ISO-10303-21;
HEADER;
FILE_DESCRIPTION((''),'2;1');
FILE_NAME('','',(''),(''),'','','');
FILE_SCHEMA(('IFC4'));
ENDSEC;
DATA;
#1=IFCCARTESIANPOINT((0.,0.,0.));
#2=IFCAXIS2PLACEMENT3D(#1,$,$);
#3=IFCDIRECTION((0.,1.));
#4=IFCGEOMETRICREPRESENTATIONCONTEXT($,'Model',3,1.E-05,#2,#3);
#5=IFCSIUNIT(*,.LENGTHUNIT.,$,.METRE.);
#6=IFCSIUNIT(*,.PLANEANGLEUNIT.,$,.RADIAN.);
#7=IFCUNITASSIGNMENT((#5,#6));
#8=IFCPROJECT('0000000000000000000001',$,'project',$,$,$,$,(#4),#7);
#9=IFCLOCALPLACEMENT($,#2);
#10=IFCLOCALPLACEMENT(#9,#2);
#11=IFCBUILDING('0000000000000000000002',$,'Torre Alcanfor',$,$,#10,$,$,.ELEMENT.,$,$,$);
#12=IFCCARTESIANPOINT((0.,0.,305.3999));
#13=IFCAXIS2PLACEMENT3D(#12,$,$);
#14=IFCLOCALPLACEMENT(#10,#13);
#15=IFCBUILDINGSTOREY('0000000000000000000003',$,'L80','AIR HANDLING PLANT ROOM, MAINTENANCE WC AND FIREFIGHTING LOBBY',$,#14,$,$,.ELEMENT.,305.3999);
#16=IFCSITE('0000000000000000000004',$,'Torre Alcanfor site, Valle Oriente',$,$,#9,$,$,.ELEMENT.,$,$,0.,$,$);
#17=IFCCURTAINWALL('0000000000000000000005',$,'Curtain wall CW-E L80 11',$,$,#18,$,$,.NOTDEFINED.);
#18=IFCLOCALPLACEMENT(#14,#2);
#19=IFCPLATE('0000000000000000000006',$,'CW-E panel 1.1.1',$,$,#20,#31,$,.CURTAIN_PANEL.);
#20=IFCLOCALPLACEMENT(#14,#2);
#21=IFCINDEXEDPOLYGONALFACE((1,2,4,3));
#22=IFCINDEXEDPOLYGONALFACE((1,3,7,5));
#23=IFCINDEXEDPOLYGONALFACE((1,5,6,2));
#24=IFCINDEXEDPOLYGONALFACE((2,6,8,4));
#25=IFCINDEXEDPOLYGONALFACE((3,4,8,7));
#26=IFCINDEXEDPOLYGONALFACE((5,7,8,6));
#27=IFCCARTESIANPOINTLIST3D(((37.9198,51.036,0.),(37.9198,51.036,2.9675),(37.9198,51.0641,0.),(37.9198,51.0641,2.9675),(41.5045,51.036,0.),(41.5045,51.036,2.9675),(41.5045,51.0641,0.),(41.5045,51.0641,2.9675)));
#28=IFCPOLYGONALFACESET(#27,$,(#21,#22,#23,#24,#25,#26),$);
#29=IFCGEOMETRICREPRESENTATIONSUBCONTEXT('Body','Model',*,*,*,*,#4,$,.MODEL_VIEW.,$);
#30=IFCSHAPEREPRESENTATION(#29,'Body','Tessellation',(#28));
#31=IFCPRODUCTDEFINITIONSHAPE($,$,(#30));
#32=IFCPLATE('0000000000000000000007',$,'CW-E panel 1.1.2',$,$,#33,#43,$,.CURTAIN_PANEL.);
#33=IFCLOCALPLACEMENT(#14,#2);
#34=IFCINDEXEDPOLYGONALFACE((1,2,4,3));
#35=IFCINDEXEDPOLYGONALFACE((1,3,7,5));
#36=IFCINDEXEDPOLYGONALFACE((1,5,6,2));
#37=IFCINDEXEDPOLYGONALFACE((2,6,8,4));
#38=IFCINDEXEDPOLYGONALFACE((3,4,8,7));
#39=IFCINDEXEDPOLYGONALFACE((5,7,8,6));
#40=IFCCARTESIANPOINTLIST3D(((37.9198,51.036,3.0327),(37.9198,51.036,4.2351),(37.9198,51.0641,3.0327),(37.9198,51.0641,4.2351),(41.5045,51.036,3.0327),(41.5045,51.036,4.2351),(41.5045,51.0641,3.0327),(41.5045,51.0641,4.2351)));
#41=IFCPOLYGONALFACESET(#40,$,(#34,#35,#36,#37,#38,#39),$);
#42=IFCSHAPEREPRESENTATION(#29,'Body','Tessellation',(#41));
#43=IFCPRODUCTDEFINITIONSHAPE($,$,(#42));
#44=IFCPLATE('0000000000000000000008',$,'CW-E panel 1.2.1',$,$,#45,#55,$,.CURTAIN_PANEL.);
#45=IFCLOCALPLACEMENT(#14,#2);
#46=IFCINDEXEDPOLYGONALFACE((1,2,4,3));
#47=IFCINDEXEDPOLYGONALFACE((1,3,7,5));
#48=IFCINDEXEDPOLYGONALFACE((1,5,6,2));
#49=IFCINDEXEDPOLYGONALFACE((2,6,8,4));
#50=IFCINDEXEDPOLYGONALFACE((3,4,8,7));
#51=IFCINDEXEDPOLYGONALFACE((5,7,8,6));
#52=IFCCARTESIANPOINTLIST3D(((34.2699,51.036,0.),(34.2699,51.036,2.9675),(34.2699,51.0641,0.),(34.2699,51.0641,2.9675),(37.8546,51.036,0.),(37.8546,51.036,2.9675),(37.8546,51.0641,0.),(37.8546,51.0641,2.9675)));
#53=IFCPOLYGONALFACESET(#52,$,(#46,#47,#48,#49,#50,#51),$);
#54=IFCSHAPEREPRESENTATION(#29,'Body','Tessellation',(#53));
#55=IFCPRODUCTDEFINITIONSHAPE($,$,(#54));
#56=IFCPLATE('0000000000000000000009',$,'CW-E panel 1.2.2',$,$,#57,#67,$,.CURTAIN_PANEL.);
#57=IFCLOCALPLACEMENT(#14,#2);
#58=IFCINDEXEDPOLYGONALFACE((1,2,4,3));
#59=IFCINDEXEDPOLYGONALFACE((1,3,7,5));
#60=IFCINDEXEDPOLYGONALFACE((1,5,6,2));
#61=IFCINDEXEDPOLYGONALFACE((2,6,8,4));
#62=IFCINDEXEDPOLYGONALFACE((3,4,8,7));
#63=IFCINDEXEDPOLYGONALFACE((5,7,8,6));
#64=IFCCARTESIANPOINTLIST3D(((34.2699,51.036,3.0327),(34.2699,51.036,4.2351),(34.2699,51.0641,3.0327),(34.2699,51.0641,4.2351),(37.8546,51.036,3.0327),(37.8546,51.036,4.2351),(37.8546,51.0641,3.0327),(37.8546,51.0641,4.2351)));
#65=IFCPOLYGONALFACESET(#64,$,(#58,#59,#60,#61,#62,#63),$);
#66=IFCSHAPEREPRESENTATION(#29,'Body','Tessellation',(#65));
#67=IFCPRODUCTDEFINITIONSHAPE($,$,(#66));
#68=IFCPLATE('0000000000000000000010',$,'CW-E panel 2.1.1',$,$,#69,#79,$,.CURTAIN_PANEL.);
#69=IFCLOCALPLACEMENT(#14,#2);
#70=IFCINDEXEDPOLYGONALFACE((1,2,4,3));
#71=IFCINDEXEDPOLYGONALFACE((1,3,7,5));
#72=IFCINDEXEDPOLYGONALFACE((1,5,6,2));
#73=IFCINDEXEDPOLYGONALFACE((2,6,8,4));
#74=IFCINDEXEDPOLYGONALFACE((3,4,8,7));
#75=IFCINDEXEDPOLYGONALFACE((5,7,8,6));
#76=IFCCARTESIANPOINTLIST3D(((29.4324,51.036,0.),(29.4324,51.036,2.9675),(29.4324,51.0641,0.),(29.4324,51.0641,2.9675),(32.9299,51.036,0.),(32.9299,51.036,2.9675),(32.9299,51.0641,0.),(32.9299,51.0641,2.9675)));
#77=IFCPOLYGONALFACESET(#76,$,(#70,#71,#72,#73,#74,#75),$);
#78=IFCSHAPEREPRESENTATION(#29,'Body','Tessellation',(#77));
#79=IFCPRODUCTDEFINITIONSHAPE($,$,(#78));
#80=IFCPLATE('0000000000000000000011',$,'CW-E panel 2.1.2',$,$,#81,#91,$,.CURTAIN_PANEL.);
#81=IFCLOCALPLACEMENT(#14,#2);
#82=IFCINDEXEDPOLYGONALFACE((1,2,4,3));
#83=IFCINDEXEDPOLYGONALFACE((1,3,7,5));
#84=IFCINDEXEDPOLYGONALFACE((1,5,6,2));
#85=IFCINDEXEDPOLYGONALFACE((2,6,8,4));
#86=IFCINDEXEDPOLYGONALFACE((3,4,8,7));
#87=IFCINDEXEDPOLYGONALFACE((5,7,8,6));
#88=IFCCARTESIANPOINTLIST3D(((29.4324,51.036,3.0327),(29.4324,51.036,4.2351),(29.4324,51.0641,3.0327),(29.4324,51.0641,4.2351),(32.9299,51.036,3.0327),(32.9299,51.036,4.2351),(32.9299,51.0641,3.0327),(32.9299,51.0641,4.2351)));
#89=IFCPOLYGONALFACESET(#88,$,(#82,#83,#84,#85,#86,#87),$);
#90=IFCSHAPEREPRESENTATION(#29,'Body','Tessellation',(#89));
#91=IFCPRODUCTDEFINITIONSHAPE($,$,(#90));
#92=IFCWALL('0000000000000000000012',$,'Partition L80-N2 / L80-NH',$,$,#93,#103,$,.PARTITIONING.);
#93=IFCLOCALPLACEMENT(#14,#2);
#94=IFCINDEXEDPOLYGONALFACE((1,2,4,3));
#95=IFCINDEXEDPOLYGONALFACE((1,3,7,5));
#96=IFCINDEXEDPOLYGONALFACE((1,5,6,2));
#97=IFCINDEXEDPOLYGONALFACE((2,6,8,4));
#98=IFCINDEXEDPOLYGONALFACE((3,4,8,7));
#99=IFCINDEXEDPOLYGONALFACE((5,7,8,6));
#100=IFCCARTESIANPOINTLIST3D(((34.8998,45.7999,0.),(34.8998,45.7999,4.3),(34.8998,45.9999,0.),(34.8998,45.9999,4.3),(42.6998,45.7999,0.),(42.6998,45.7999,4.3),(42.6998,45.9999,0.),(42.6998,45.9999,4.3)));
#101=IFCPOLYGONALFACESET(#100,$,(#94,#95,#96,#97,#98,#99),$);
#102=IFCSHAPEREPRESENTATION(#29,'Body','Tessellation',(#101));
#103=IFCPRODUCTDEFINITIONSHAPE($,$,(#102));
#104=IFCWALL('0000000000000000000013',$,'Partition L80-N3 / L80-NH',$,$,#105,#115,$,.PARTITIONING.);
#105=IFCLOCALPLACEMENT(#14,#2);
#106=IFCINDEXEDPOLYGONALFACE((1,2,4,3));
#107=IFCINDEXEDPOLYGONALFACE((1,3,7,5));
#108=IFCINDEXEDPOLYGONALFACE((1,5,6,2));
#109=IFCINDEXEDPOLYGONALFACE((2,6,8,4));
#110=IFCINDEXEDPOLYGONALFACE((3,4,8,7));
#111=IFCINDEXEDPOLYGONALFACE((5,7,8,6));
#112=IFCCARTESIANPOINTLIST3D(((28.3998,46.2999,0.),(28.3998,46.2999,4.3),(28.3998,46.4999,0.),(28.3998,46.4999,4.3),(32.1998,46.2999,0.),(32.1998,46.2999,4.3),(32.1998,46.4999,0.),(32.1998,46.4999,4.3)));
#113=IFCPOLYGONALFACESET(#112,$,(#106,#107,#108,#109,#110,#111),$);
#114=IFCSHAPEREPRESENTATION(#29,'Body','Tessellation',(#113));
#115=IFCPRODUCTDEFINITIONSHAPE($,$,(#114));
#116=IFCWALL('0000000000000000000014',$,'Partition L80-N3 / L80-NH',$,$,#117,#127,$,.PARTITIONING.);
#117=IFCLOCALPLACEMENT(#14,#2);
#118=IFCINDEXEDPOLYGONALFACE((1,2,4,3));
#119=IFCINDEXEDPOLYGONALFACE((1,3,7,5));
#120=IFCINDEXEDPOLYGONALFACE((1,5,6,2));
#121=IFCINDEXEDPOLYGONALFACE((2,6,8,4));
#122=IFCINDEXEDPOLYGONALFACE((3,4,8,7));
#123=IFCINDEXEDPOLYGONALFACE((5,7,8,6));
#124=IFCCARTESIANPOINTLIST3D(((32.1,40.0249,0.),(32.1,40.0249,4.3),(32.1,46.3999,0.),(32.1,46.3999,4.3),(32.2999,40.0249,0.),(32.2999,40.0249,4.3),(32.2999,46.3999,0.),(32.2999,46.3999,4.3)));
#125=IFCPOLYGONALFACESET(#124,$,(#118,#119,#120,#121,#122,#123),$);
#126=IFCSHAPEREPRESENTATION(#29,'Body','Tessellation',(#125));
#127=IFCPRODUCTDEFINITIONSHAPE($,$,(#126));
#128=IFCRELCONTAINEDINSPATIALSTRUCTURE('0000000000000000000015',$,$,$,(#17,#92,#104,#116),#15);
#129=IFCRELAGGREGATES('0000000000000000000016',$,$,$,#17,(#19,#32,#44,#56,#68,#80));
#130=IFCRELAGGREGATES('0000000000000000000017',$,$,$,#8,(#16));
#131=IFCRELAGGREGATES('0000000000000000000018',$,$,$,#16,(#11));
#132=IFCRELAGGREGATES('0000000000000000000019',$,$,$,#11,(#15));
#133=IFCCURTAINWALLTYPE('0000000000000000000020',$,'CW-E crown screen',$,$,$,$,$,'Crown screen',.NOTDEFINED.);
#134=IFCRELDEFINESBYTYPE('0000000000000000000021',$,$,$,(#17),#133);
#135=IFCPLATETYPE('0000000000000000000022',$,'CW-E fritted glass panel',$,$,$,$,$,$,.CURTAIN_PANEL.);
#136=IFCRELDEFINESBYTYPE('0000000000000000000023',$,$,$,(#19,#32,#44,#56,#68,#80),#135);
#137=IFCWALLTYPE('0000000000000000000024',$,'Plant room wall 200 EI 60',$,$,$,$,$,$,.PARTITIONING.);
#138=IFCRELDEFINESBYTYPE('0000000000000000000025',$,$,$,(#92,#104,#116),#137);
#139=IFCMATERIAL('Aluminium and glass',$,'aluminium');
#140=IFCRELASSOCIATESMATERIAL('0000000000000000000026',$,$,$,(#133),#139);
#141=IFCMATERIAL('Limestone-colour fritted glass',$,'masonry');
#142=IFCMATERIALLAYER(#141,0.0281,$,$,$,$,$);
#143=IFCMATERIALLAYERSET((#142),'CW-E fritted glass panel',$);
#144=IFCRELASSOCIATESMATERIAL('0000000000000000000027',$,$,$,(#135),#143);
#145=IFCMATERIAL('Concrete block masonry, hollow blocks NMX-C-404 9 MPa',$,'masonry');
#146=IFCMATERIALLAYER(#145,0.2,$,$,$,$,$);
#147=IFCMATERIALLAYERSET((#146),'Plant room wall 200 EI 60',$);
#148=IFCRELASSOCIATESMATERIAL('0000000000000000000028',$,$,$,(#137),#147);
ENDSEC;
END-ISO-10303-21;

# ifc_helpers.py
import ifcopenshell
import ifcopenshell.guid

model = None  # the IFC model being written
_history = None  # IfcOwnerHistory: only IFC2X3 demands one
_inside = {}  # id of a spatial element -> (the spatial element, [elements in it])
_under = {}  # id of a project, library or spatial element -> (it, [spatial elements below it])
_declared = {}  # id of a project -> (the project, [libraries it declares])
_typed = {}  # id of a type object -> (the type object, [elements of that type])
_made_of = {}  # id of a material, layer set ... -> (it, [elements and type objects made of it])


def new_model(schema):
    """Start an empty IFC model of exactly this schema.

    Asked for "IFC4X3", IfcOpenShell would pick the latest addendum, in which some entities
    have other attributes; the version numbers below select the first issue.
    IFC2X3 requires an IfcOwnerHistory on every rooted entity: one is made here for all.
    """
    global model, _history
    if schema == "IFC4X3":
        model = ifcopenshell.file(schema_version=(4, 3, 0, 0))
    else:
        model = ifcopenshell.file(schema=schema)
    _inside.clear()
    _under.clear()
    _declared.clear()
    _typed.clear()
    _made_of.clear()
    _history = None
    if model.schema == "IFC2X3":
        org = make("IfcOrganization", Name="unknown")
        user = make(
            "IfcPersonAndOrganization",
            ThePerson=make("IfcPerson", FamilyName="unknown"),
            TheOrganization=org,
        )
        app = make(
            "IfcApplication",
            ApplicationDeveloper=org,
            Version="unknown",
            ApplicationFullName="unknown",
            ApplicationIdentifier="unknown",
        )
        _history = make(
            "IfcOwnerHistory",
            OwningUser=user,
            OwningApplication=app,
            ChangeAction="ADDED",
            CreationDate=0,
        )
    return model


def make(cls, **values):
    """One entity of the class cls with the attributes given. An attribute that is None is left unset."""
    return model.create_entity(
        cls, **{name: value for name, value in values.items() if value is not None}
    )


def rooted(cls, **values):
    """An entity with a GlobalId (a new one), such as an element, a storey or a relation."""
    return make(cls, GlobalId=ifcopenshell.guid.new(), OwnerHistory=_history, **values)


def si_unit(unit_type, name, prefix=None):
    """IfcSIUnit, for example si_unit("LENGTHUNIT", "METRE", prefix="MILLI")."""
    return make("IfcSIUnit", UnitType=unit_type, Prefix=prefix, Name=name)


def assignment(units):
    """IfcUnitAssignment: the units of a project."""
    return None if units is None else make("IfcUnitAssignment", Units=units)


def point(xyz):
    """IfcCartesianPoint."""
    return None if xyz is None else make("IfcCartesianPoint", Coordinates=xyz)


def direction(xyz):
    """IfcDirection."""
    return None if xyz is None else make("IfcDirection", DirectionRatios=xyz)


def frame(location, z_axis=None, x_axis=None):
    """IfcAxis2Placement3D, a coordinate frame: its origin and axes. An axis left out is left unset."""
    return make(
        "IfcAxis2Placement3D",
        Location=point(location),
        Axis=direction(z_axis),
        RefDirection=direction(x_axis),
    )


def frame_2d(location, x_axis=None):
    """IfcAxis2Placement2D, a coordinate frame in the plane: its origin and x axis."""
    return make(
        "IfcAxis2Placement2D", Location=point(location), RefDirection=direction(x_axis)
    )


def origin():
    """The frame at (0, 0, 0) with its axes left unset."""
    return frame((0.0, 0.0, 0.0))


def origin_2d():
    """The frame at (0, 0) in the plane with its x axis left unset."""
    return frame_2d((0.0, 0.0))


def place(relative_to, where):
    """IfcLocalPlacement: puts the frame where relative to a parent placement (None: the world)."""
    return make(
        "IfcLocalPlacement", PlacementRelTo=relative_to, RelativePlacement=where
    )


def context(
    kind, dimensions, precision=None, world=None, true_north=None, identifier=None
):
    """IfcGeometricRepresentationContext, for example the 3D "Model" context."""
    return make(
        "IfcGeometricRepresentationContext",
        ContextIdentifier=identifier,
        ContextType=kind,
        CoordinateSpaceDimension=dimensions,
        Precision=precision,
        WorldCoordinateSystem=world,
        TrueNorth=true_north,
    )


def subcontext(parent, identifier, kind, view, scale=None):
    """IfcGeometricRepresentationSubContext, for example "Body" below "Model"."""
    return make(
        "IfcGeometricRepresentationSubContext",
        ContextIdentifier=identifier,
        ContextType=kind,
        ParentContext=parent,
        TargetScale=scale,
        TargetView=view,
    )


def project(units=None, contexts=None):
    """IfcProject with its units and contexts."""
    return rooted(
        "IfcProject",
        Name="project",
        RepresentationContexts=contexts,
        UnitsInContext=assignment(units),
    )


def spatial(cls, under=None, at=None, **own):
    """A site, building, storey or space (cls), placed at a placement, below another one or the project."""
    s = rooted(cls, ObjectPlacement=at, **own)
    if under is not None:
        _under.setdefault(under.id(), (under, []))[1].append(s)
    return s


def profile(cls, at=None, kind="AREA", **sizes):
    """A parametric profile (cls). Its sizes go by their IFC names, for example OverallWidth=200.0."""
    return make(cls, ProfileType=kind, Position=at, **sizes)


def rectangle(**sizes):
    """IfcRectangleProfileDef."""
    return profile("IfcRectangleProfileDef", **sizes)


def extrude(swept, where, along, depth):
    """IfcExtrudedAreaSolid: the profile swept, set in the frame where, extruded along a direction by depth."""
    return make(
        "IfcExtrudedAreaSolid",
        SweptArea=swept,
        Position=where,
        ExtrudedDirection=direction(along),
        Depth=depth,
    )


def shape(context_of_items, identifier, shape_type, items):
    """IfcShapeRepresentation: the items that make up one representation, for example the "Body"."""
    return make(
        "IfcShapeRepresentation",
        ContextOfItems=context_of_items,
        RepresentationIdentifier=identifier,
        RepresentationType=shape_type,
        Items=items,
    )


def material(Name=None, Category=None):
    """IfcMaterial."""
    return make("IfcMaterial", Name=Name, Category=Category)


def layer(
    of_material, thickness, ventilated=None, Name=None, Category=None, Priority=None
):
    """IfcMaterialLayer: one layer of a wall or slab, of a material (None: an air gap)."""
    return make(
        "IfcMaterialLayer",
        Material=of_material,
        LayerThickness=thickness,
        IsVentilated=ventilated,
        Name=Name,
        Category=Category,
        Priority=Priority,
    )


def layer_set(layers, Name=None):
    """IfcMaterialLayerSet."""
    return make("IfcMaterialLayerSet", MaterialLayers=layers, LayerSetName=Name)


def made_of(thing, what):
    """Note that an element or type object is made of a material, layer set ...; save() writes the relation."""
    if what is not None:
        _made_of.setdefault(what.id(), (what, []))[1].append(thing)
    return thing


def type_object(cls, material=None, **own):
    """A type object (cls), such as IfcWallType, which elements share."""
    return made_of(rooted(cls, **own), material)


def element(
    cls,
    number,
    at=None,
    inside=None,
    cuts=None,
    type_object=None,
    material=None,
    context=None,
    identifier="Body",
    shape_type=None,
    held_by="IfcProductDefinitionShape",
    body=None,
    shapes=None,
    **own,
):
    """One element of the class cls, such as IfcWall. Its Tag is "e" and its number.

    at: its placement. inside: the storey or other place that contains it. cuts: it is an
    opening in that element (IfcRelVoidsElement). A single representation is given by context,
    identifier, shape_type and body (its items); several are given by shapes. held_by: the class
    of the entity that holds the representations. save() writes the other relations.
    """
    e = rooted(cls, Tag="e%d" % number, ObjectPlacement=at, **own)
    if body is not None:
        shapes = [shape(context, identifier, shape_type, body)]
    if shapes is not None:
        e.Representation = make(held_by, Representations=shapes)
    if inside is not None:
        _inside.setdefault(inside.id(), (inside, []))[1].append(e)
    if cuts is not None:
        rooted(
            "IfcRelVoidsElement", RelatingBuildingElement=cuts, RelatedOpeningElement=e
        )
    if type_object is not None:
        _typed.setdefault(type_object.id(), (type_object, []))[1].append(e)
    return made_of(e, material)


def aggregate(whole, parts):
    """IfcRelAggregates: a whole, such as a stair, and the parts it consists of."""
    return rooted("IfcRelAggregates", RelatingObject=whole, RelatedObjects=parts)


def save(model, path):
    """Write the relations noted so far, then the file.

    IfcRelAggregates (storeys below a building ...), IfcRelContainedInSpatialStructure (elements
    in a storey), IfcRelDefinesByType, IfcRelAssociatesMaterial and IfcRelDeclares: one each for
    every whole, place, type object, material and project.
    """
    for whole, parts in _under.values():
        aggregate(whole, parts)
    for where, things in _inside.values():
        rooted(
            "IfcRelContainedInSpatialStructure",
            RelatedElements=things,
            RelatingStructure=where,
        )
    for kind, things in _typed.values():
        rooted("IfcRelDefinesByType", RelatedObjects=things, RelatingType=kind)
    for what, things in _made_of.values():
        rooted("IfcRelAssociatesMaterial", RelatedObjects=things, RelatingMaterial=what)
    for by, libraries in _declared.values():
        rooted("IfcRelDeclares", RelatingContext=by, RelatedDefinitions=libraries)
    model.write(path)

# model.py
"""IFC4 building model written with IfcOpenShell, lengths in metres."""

from ifc_helpers import new_model, si_unit, direction, frame, frame_2d, origin, origin_2d, place, context, subcontext, project, spatial, rectangle, extrude, material, layer, layer_set, type_object, element, aggregate, save


model = new_model("IFC4")

# Units and contexts
model_context = context("Model", 3, precision=1e-05, world=origin(), true_north=direction((0.0, 1.0)))
body_context = subcontext(model_context, "Body", "Model", "MODEL_VIEW")
ifc_project = project(units=[si_unit("LENGTHUNIT", "METRE"), si_unit("PLANEANGLEUNIT", "RADIAN")], contexts=[model_context])

# Site, building, storey
site_placement = place(None, origin())
site = spatial("IfcSite", under=ifc_project, at=site_placement, Name="Torre Alcanfor site, Valle Oriente", CompositionType="ELEMENT", RefElevation=0.0)
building_placement = place(site_placement, origin())
building = spatial("IfcBuilding", under=site, at=building_placement, Name="Torre Alcanfor", CompositionType="ELEMENT")
storey_placement = place(building_placement, frame((0.0, 0.0, 305.3999)))
storey = spatial("IfcBuildingStorey", under=building, at=storey_placement, Name="L80", Description="AIR HANDLING PLANT ROOM, MAINTENANCE WC AND FIREFIGHTING LOBBY", CompositionType="ELEMENT", Elevation=305.3999)

# Curtain wall
ifc_material_1 = material(Name="Aluminium and glass", Category="aluminium")
curtain_wall_type = type_object("IfcCurtainWallType", Name="CW-E crown screen", ElementType="Crown screen", PredefinedType="NOTDEFINED", material=ifc_material_1)
curtain_wall_placement = place(storey_placement, origin())
curtain_wall = element("IfcCurtainWall", 1, at=curtain_wall_placement, inside=storey, type_object=curtain_wall_type, Name="Curtain wall CW-E L80 11", PredefinedType="NOTDEFINED")

# Plates
ifc_material_2 = material(Name="Limestone-colour fritted glass", Category="masonry")
ifc_layer_1 = layer(ifc_material_2, 0.0281)
ifc_layer_set_1 = layer_set([ifc_layer_1], Name="CW-E fritted glass panel")
plate_type = type_object("IfcPlateType", Name="CW-E fritted glass panel", PredefinedType="CURTAIN_PANEL", material=ifc_layer_set_1)
plate_1_placement = place(storey_placement, frame((39.7122, 51.05, 0.0), z_axis=(0.0, 0.0, 1.0), x_axis=(-1.0, 0.0, 0.0)))
plate_1 = element("IfcPlate", 2, at=plate_1_placement, type_object=plate_type, Name="CW-E panel 1.1.1", PredefinedType="CURTAIN_PANEL", context=body_context, shape_type="SweptSolid", body=[
    extrude(rectangle(XDim=3.5847, YDim=0.0281, at=origin_2d()), origin(), (0.0, 0.0, 1.0), 2.9675),
])
plate_2_placement = place(storey_placement, frame((39.7122, 51.05, 3.0327), z_axis=(0.0, 0.0, 1.0), x_axis=(-1.0, 0.0, 0.0)))
plate_2 = element("IfcPlate", 3, at=plate_2_placement, type_object=plate_type, Name="CW-E panel 1.1.2", PredefinedType="CURTAIN_PANEL", context=body_context, shape_type="SweptSolid", body=[
    extrude(rectangle(XDim=3.5847, YDim=0.0281, at=origin_2d()), origin(), (0.0, 0.0, 1.0), 1.2024),
])
plate_3_placement = place(storey_placement, frame((36.0623, 51.05, 0.0), z_axis=(0.0, 0.0, 1.0), x_axis=(-1.0, 0.0, 0.0)))
plate_3 = element("IfcPlate", 4, at=plate_3_placement, type_object=plate_type, Name="CW-E panel 1.2.1", PredefinedType="CURTAIN_PANEL", context=body_context, shape_type="SweptSolid", body=[
    extrude(rectangle(XDim=3.5847, YDim=0.0281, at=origin_2d()), origin(), (0.0, 0.0, 1.0), 2.9675),
])
plate_4_placement = place(storey_placement, frame((36.0623, 51.05, 3.0327), z_axis=(0.0, 0.0, 1.0), x_axis=(-1.0, 0.0, 0.0)))
plate_4 = element("IfcPlate", 5, at=plate_4_placement, type_object=plate_type, Name="CW-E panel 1.2.2", PredefinedType="CURTAIN_PANEL", context=body_context, shape_type="SweptSolid", body=[
    extrude(rectangle(XDim=3.5847, YDim=0.0281, at=origin_2d()), origin(), (0.0, 0.0, 1.0), 1.2024),
])
plate_5_placement = place(storey_placement, frame((31.1812, 51.05, 0.0), z_axis=(0.0, 0.0, 1.0), x_axis=(-1.0, 0.0, 0.0)))
plate_5 = element("IfcPlate", 6, at=plate_5_placement, type_object=plate_type, Name="CW-E panel 2.1.1", PredefinedType="CURTAIN_PANEL", context=body_context, shape_type="SweptSolid", body=[
    extrude(rectangle(XDim=3.4976, YDim=0.0281, at=origin_2d()), origin(), (0.0, 0.0, 1.0), 2.9675),
])
plate_6_placement = place(storey_placement, frame((31.1812, 51.05, 3.0327), z_axis=(0.0, 0.0, 1.0), x_axis=(-1.0, 0.0, 0.0)))
plate_6 = element("IfcPlate", 7, at=plate_6_placement, type_object=plate_type, Name="CW-E panel 2.1.2", PredefinedType="CURTAIN_PANEL", context=body_context, shape_type="SweptSolid", body=[
    extrude(rectangle(XDim=3.4976, YDim=0.0281, at=origin_2d()), origin(), (0.0, 0.0, 1.0), 1.2024),
])
aggregate(curtain_wall, [plate_1, plate_2, plate_3, plate_4, plate_5, plate_6])

# Wall
ifc_material_3 = material(Name="Concrete block masonry, hollow blocks NMX-C-404 9 MPa", Category="masonry")
ifc_layer_2 = layer(ifc_material_3, 0.2)
ifc_layer_set_2 = layer_set([ifc_layer_2], Name="Plant room wall 200 EI 60")
wall_type = type_object("IfcWallType", Name="Plant room wall 200 EI 60", PredefinedType="PARTITIONING", material=ifc_layer_set_2)
wall_1_placement = place(storey_placement, frame((34.8999, 45.8999, 0.0), z_axis=(0.0, 0.0, 1.0), x_axis=(1.0, 0.0, 0.0)))
element("IfcWall", 8, at=wall_1_placement, inside=storey, type_object=wall_type, Name="Partition L80-N2 / L80-NH", PredefinedType="PARTITIONING", context=body_context, shape_type="SweptSolid", body=[
    extrude(rectangle(XDim=7.8, YDim=0.2, at=frame_2d((3.8999, 0.0))), origin(), (0.0, 0.0, 1.0), 4.3),
])

# Walls
wall_2_placement = place(storey_placement, frame((28.3999, 46.3999, 0.0), z_axis=(0.0, 0.0, 1.0), x_axis=(1.0, 0.0, 0.0)))
element("IfcWall", 9, at=wall_2_placement, inside=storey, type_object=wall_type, Name="Partition L80-N3 / L80-NH", PredefinedType="PARTITIONING", context=body_context, shape_type="SweptSolid", body=[
    extrude(rectangle(XDim=3.8, YDim=0.2, at=frame_2d((1.8999, 0.0))), origin(), (0.0, 0.0, 1.0), 4.3),
])
wall_3_placement = place(storey_placement, frame((32.2, 46.3999, 0.0), z_axis=(0.0, 0.0, 1.0), x_axis=(0.0, -1.0, 0.0)))
element("IfcWall", 10, at=wall_3_placement, inside=storey, type_object=wall_type, Name="Partition L80-N3 / L80-NH", PredefinedType="PARTITIONING", context=body_context, shape_type="SweptSolid", body=[
    extrude(rectangle(XDim=6.375, YDim=0.2, at=frame_2d((3.1875, 0.0))), origin(), (0.0, 0.0, 1.0), 4.3),
])

save(model, "model.ifc")
